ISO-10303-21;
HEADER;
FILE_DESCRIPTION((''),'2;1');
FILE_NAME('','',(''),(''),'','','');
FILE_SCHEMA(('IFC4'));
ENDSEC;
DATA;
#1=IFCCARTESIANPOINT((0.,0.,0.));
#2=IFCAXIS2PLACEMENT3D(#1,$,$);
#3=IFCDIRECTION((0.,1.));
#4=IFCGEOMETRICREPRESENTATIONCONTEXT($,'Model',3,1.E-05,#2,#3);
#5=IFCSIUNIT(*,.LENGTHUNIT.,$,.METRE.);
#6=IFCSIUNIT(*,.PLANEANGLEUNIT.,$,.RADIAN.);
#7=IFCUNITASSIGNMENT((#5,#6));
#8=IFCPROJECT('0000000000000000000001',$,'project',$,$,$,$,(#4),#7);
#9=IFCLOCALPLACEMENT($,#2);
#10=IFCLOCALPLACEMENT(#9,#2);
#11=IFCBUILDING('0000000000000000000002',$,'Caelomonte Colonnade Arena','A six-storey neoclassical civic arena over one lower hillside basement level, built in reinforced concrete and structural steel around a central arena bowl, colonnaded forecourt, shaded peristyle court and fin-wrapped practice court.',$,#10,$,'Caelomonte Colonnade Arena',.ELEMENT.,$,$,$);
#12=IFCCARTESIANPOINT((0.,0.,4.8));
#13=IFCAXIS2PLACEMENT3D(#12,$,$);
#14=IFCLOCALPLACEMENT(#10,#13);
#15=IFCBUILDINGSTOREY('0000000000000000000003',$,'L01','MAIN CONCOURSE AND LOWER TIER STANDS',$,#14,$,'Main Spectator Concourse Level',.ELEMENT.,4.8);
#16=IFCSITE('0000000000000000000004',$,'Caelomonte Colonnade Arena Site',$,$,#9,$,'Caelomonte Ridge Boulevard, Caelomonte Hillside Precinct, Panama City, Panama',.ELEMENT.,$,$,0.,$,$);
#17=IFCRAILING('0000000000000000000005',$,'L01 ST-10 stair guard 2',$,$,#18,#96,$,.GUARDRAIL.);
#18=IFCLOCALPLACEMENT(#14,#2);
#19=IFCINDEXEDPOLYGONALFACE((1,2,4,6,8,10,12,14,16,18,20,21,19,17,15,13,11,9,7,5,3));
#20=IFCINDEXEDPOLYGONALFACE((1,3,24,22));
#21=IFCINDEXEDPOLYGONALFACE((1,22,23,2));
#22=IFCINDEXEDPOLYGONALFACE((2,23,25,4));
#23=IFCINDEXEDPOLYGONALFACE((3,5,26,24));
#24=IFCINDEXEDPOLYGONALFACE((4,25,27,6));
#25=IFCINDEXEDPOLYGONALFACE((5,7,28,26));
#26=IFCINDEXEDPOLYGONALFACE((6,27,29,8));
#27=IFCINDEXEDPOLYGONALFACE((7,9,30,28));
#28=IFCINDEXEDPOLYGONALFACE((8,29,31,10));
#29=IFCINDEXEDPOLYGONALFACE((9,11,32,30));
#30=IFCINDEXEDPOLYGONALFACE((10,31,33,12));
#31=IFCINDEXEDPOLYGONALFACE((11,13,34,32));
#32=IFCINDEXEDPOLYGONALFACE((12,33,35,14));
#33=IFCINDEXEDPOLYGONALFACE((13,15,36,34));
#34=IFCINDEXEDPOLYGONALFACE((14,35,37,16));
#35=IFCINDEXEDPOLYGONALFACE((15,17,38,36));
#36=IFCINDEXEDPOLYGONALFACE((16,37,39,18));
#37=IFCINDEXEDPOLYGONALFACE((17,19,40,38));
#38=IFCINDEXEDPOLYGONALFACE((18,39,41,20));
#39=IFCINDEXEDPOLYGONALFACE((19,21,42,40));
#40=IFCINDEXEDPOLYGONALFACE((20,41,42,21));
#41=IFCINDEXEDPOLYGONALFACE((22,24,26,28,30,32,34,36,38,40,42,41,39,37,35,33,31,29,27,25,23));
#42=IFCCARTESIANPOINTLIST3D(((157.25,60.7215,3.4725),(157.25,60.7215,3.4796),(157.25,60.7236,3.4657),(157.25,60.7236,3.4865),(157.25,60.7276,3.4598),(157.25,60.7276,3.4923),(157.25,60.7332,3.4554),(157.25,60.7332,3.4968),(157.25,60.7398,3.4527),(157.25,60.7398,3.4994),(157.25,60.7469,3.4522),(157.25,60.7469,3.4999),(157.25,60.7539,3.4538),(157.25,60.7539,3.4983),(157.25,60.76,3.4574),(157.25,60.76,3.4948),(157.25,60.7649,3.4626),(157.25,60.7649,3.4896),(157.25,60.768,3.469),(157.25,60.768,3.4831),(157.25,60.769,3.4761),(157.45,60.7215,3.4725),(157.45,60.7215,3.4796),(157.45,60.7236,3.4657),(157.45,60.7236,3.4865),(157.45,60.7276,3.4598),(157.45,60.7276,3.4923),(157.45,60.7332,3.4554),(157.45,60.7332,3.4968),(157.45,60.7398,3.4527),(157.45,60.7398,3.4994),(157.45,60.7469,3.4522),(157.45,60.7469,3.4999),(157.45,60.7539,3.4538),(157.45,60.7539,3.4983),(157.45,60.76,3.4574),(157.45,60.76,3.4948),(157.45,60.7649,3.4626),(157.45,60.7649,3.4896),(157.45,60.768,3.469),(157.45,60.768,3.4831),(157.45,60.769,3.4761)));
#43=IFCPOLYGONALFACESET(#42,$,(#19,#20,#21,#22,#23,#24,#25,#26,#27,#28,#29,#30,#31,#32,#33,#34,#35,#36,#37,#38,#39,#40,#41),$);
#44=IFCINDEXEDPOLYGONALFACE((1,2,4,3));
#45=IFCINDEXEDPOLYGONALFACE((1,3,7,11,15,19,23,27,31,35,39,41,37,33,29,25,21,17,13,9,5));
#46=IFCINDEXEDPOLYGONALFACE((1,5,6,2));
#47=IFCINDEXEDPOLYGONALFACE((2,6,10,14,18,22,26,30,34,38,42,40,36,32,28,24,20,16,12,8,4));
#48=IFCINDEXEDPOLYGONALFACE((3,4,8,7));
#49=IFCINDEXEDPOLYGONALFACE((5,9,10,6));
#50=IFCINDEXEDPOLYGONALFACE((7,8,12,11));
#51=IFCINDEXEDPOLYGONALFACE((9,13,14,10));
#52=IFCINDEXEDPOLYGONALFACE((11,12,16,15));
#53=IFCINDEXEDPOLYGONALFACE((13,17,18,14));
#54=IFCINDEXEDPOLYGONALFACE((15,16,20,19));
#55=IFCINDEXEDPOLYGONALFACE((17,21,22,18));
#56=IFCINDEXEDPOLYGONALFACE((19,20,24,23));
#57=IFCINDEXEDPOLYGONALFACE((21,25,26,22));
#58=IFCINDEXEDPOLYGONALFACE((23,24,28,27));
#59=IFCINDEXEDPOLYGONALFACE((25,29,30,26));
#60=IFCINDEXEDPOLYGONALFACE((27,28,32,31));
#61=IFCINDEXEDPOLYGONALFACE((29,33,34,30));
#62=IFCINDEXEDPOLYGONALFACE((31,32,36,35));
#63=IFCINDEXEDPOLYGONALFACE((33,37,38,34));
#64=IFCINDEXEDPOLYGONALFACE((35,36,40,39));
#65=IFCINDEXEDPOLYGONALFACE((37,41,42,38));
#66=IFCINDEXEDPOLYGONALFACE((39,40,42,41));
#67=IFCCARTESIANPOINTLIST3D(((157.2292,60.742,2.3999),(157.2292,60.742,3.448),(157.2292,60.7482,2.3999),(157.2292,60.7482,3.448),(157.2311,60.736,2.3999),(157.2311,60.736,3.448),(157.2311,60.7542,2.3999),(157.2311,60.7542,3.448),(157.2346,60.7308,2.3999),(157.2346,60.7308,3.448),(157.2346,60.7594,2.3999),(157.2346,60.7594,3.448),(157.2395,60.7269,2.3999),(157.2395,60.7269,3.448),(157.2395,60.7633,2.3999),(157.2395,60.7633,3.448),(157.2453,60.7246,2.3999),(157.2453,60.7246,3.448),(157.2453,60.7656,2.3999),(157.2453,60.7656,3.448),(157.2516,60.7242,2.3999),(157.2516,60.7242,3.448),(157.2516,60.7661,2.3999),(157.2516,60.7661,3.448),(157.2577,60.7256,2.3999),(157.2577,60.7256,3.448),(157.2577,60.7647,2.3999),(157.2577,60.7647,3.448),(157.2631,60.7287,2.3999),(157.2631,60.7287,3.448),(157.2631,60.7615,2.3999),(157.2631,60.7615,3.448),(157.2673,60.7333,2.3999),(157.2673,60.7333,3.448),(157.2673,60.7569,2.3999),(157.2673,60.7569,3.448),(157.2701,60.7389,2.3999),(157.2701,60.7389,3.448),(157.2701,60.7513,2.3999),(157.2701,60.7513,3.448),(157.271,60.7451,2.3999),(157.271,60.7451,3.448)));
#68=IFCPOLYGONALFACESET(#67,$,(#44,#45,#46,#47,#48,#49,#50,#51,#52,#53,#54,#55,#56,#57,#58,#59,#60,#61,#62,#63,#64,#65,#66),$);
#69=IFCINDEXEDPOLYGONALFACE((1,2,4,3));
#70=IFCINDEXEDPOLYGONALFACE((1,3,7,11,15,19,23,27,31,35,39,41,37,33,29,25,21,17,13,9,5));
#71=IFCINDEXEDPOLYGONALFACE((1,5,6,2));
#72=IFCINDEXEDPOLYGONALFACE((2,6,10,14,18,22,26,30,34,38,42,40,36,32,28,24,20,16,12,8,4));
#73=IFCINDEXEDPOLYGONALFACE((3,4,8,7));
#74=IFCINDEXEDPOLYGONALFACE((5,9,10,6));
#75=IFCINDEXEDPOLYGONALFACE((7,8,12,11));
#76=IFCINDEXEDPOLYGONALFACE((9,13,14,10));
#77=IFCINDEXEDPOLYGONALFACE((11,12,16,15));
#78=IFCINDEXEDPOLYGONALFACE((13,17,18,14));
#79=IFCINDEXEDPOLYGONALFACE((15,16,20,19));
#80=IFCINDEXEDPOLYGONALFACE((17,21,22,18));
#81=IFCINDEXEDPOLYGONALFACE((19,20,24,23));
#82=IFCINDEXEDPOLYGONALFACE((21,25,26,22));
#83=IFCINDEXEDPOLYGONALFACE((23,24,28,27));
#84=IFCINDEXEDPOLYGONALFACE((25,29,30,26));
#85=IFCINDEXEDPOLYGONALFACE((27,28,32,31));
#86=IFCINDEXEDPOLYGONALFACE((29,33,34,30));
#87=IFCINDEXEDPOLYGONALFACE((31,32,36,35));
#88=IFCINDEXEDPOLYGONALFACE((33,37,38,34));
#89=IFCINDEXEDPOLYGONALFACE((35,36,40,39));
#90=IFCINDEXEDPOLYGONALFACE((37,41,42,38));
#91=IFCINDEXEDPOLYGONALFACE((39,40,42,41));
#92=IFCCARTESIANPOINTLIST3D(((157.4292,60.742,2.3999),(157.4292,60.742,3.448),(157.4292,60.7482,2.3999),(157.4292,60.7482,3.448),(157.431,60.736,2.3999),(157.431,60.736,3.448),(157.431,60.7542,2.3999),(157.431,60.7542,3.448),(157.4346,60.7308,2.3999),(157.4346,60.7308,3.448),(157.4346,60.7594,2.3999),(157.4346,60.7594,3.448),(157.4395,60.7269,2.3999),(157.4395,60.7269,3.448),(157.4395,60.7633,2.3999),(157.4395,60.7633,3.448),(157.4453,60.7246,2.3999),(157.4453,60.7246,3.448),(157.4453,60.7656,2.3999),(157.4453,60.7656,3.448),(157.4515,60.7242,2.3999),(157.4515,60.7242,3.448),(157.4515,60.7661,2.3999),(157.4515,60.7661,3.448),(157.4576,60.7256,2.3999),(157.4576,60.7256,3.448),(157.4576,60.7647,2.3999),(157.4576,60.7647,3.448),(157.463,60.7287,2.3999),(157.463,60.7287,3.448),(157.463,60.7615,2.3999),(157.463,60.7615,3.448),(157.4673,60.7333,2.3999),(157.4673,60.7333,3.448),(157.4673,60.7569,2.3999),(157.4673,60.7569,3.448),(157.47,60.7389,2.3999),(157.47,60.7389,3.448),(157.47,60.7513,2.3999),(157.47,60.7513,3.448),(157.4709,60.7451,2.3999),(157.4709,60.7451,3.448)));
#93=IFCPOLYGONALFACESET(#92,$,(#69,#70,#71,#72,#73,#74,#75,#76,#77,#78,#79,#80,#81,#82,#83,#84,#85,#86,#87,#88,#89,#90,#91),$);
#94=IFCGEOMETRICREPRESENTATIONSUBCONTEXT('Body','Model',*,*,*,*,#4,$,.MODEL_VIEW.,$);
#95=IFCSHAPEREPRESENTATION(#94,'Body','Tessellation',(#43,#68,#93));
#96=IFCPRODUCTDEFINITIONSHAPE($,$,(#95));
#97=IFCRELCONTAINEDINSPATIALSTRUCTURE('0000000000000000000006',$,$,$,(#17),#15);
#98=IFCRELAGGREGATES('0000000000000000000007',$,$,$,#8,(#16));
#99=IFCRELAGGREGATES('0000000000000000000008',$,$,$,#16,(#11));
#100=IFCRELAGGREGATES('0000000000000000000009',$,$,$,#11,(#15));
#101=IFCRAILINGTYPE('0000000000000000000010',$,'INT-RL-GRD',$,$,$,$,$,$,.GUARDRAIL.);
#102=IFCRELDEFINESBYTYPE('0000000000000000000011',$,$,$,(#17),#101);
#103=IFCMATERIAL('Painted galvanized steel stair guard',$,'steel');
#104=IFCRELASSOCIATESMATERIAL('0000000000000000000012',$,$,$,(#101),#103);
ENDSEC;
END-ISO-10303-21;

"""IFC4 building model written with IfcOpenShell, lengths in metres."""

from ifc_helpers import new_model, si_unit, direction, frame, origin, origin_2d, place, context, subcontext, project, spatial, circle, extrude, material, type_object, element, save


model = new_model("IFC4")

# Units and contexts
model_context = context("Model", 3, precision=1e-05, world=origin(), true_north=direction((0.0, 1.0)))
body_context = subcontext(model_context, "Body", "Model", "MODEL_VIEW")
ifc_project = project(units=[si_unit("LENGTHUNIT", "METRE"), si_unit("PLANEANGLEUNIT", "RADIAN")], contexts=[model_context])

# Site, building, storey
site_placement = place(None, origin())
site = spatial("IfcSite", under=ifc_project, at=site_placement, Name="Caelomonte Colonnade Arena Site", LongName="Caelomonte Ridge Boulevard, Caelomonte Hillside Precinct, Panama City, Panama", CompositionType="ELEMENT", RefElevation=0.0)
building_placement = place(site_placement, origin())
building = spatial("IfcBuilding", under=site, at=building_placement, Name="Caelomonte Colonnade Arena", Description="A six-storey neoclassical civic arena over one lower hillside basement level, built in reinforced concrete and structural steel around a central arena bowl, colonnaded forecourt, shaded peristyle court and fin-wrapped practice court.", LongName="Caelomonte Colonnade Arena", CompositionType="ELEMENT")
storey_placement = place(building_placement, frame((0.0, 0.0, 4.8)))
storey = spatial("IfcBuildingStorey", under=building, at=storey_placement, Name="L01", Description="MAIN CONCOURSE AND LOWER TIER STANDS", LongName="Main Spectator Concourse Level", CompositionType="ELEMENT", Elevation=4.8)

# Railing
ifc_material_1 = material(Name="Painted galvanized steel stair guard", Category="steel")
railing_type_1 = type_object("IfcRailingType", Name="INT-RL-GRD", PredefinedType="GUARDRAIL", material=ifc_material_1)
railing_1_placement = place(storey_placement, frame((157.25, 60.7451, 2.3999)))
element("IfcRailing", 1, at=railing_1_placement, inside=storey, type_object=railing_type_1, Name="L01 ST-10 stair guard 2", PredefinedType="GUARDRAIL", context=body_context, shape_type="SweptSolid", body=[
    extrude(circle(Radius=0.0239, at=origin_2d()), frame((0.0, 0.0, 1.0762), z_axis=(1.0, 0.0, 0.0), x_axis=(0.0, 1.0, 0.0)), (0.0, 0.0, 1.0), 0.2),
    extrude(circle(Radius=0.021, at=origin_2d()), origin(), (0.0, 0.0, 1.0), 1.0481),
    extrude(circle(Radius=0.021, at=origin_2d()), frame((0.2, 0.0, 0.0)), (0.0, 0.0, 1.0), 1.0481),
])

save(model, "model.ifc")
